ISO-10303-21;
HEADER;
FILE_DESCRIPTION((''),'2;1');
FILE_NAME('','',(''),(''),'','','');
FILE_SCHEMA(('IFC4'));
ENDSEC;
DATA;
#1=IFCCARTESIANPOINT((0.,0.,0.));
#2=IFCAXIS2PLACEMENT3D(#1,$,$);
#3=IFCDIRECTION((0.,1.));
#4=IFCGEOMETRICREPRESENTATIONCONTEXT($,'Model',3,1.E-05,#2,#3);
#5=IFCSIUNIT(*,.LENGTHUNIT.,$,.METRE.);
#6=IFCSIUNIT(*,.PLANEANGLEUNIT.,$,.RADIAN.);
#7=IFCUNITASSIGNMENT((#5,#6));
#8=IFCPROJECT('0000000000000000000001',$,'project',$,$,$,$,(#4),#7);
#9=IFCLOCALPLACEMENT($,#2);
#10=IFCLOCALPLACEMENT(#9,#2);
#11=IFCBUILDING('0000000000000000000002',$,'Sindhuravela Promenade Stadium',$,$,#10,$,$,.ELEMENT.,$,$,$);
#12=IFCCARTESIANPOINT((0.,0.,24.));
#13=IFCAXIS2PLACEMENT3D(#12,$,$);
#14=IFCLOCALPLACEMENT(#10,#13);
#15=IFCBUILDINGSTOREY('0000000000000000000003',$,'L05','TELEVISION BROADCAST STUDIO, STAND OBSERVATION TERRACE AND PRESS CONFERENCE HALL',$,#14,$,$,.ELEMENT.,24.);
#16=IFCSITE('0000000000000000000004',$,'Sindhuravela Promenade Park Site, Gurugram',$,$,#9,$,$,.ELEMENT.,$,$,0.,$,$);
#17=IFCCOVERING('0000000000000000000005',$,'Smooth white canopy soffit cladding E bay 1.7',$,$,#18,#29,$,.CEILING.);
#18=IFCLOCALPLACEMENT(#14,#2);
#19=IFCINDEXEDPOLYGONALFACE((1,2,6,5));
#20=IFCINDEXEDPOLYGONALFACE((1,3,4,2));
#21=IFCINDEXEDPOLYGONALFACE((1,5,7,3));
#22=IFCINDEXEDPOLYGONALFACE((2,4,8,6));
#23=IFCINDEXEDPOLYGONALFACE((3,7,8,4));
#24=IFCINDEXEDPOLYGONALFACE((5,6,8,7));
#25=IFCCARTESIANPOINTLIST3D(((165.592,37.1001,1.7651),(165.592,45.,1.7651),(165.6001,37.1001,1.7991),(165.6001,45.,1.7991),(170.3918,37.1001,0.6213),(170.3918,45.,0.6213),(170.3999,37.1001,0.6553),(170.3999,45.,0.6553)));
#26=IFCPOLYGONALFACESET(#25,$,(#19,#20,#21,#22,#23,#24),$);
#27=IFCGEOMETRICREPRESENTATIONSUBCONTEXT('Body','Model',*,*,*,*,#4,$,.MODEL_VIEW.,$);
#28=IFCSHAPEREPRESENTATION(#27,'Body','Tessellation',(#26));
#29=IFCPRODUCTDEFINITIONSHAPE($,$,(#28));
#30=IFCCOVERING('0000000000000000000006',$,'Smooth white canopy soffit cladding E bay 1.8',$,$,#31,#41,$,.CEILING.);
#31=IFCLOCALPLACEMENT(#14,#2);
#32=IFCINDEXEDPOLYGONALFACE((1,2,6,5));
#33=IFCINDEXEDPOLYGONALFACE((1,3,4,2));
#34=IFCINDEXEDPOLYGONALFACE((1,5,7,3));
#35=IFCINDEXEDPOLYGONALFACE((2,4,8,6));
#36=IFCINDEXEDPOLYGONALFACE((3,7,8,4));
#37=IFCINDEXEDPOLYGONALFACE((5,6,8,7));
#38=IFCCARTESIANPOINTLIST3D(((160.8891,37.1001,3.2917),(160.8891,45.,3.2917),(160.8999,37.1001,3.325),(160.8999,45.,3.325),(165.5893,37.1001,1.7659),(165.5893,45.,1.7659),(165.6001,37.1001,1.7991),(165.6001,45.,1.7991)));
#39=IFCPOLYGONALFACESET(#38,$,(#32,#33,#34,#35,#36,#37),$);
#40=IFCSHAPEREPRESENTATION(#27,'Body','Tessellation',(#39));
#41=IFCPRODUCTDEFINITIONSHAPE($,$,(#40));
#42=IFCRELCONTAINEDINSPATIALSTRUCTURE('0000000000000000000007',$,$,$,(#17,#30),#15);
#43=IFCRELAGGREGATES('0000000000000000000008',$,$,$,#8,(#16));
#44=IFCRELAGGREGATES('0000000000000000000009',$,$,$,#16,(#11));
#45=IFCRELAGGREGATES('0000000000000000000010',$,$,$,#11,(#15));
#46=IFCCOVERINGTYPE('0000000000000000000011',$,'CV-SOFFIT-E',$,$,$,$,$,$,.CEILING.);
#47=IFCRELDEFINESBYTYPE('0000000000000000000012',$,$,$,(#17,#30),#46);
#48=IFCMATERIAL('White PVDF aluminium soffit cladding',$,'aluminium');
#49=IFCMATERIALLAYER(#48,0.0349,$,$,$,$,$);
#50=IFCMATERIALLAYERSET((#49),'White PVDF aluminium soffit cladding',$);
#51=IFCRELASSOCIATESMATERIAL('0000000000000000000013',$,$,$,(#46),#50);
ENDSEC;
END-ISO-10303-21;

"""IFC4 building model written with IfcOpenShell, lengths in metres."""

from ifc_helpers import new_model, si_unit, direction, frame, origin, place, context, subcontext, project, spatial, polyline, outline, extrude, material, layer, layer_set, type_object, element, save


model = new_model("IFC4")

# Units and contexts
model_context = context("Model", 3, precision=1e-05, world=origin(), true_north=direction((0.0, 1.0)))
body_context = subcontext(model_context, "Body", "Model", "MODEL_VIEW")
ifc_project = project(units=[si_unit("LENGTHUNIT", "METRE"), si_unit("PLANEANGLEUNIT", "RADIAN")], contexts=[model_context])

# Site, building, storey
site_placement = place(None, origin())
site = spatial("IfcSite", under=ifc_project, at=site_placement, Name="Sindhuravela Promenade Park Site, Gurugram", CompositionType="ELEMENT", RefElevation=0.0)
building_placement = place(site_placement, origin())
building = spatial("IfcBuilding", under=site, at=building_placement, Name="Sindhuravela Promenade Stadium", CompositionType="ELEMENT")
storey_placement = place(building_placement, frame((0.0, 0.0, 24.0)))
storey = spatial("IfcBuildingStorey", under=building, at=storey_placement, Name="L05", Description="TELEVISION BROADCAST STUDIO, STAND OBSERVATION TERRACE AND PRESS CONFERENCE HALL", CompositionType="ELEMENT", Elevation=24.0)

# Coverings
ifc_material_1 = material(Name="White PVDF aluminium soffit cladding", Category="aluminium")
ifc_layer_1 = layer(ifc_material_1, 0.0349)
ifc_layer_set_1 = layer_set([ifc_layer_1], Name="White PVDF aluminium soffit cladding")
covering_type_1 = type_object("IfcCoveringType", Name="CV-SOFFIT-E", PredefinedType="CEILING", material=ifc_layer_set_1)
covering_1_placement = place(storey_placement, frame((170.3999, 37.1001, 0.6553), z_axis=(0.23181, 0.0, 0.972761), x_axis=(0.0, 1.0, 0.0)))
element("IfcCovering", 1, at=covering_1_placement, inside=storey, type_object=covering_type_1, Name="Smooth white canopy soffit cladding E bay 1.7", PredefinedType="CEILING", context=body_context, shape_type="SweptSolid", body=[
    extrude(outline(polyline([(0.0, 0.0), (7.8999, 0.0), (7.8999, 4.9342), (0.0, 4.9342), (0.0, 0.0)])), origin(), (0.0, 0.0, -1.0), 0.0349),
])
covering_2_placement = place(storey_placement, frame((165.6001, 37.1001, 1.7991), z_axis=(0.308778, 0.0, 0.951134), x_axis=(0.0, 1.0, 0.0)))
element("IfcCovering", 2, at=covering_2_placement, inside=storey, type_object=covering_type_1, Name="Smooth white canopy soffit cladding E bay 1.8", PredefinedType="CEILING", context=body_context, shape_type="SweptSolid", body=[
    extrude(outline(polyline([(0.0, 0.0), (7.8999, 0.0), (7.8999, 4.9417), (0.0, 4.9417), (0.0, 0.0)])), origin(), (0.0, 0.0, -1.0), 0.0349),
])

save(model, "model.ifc")
